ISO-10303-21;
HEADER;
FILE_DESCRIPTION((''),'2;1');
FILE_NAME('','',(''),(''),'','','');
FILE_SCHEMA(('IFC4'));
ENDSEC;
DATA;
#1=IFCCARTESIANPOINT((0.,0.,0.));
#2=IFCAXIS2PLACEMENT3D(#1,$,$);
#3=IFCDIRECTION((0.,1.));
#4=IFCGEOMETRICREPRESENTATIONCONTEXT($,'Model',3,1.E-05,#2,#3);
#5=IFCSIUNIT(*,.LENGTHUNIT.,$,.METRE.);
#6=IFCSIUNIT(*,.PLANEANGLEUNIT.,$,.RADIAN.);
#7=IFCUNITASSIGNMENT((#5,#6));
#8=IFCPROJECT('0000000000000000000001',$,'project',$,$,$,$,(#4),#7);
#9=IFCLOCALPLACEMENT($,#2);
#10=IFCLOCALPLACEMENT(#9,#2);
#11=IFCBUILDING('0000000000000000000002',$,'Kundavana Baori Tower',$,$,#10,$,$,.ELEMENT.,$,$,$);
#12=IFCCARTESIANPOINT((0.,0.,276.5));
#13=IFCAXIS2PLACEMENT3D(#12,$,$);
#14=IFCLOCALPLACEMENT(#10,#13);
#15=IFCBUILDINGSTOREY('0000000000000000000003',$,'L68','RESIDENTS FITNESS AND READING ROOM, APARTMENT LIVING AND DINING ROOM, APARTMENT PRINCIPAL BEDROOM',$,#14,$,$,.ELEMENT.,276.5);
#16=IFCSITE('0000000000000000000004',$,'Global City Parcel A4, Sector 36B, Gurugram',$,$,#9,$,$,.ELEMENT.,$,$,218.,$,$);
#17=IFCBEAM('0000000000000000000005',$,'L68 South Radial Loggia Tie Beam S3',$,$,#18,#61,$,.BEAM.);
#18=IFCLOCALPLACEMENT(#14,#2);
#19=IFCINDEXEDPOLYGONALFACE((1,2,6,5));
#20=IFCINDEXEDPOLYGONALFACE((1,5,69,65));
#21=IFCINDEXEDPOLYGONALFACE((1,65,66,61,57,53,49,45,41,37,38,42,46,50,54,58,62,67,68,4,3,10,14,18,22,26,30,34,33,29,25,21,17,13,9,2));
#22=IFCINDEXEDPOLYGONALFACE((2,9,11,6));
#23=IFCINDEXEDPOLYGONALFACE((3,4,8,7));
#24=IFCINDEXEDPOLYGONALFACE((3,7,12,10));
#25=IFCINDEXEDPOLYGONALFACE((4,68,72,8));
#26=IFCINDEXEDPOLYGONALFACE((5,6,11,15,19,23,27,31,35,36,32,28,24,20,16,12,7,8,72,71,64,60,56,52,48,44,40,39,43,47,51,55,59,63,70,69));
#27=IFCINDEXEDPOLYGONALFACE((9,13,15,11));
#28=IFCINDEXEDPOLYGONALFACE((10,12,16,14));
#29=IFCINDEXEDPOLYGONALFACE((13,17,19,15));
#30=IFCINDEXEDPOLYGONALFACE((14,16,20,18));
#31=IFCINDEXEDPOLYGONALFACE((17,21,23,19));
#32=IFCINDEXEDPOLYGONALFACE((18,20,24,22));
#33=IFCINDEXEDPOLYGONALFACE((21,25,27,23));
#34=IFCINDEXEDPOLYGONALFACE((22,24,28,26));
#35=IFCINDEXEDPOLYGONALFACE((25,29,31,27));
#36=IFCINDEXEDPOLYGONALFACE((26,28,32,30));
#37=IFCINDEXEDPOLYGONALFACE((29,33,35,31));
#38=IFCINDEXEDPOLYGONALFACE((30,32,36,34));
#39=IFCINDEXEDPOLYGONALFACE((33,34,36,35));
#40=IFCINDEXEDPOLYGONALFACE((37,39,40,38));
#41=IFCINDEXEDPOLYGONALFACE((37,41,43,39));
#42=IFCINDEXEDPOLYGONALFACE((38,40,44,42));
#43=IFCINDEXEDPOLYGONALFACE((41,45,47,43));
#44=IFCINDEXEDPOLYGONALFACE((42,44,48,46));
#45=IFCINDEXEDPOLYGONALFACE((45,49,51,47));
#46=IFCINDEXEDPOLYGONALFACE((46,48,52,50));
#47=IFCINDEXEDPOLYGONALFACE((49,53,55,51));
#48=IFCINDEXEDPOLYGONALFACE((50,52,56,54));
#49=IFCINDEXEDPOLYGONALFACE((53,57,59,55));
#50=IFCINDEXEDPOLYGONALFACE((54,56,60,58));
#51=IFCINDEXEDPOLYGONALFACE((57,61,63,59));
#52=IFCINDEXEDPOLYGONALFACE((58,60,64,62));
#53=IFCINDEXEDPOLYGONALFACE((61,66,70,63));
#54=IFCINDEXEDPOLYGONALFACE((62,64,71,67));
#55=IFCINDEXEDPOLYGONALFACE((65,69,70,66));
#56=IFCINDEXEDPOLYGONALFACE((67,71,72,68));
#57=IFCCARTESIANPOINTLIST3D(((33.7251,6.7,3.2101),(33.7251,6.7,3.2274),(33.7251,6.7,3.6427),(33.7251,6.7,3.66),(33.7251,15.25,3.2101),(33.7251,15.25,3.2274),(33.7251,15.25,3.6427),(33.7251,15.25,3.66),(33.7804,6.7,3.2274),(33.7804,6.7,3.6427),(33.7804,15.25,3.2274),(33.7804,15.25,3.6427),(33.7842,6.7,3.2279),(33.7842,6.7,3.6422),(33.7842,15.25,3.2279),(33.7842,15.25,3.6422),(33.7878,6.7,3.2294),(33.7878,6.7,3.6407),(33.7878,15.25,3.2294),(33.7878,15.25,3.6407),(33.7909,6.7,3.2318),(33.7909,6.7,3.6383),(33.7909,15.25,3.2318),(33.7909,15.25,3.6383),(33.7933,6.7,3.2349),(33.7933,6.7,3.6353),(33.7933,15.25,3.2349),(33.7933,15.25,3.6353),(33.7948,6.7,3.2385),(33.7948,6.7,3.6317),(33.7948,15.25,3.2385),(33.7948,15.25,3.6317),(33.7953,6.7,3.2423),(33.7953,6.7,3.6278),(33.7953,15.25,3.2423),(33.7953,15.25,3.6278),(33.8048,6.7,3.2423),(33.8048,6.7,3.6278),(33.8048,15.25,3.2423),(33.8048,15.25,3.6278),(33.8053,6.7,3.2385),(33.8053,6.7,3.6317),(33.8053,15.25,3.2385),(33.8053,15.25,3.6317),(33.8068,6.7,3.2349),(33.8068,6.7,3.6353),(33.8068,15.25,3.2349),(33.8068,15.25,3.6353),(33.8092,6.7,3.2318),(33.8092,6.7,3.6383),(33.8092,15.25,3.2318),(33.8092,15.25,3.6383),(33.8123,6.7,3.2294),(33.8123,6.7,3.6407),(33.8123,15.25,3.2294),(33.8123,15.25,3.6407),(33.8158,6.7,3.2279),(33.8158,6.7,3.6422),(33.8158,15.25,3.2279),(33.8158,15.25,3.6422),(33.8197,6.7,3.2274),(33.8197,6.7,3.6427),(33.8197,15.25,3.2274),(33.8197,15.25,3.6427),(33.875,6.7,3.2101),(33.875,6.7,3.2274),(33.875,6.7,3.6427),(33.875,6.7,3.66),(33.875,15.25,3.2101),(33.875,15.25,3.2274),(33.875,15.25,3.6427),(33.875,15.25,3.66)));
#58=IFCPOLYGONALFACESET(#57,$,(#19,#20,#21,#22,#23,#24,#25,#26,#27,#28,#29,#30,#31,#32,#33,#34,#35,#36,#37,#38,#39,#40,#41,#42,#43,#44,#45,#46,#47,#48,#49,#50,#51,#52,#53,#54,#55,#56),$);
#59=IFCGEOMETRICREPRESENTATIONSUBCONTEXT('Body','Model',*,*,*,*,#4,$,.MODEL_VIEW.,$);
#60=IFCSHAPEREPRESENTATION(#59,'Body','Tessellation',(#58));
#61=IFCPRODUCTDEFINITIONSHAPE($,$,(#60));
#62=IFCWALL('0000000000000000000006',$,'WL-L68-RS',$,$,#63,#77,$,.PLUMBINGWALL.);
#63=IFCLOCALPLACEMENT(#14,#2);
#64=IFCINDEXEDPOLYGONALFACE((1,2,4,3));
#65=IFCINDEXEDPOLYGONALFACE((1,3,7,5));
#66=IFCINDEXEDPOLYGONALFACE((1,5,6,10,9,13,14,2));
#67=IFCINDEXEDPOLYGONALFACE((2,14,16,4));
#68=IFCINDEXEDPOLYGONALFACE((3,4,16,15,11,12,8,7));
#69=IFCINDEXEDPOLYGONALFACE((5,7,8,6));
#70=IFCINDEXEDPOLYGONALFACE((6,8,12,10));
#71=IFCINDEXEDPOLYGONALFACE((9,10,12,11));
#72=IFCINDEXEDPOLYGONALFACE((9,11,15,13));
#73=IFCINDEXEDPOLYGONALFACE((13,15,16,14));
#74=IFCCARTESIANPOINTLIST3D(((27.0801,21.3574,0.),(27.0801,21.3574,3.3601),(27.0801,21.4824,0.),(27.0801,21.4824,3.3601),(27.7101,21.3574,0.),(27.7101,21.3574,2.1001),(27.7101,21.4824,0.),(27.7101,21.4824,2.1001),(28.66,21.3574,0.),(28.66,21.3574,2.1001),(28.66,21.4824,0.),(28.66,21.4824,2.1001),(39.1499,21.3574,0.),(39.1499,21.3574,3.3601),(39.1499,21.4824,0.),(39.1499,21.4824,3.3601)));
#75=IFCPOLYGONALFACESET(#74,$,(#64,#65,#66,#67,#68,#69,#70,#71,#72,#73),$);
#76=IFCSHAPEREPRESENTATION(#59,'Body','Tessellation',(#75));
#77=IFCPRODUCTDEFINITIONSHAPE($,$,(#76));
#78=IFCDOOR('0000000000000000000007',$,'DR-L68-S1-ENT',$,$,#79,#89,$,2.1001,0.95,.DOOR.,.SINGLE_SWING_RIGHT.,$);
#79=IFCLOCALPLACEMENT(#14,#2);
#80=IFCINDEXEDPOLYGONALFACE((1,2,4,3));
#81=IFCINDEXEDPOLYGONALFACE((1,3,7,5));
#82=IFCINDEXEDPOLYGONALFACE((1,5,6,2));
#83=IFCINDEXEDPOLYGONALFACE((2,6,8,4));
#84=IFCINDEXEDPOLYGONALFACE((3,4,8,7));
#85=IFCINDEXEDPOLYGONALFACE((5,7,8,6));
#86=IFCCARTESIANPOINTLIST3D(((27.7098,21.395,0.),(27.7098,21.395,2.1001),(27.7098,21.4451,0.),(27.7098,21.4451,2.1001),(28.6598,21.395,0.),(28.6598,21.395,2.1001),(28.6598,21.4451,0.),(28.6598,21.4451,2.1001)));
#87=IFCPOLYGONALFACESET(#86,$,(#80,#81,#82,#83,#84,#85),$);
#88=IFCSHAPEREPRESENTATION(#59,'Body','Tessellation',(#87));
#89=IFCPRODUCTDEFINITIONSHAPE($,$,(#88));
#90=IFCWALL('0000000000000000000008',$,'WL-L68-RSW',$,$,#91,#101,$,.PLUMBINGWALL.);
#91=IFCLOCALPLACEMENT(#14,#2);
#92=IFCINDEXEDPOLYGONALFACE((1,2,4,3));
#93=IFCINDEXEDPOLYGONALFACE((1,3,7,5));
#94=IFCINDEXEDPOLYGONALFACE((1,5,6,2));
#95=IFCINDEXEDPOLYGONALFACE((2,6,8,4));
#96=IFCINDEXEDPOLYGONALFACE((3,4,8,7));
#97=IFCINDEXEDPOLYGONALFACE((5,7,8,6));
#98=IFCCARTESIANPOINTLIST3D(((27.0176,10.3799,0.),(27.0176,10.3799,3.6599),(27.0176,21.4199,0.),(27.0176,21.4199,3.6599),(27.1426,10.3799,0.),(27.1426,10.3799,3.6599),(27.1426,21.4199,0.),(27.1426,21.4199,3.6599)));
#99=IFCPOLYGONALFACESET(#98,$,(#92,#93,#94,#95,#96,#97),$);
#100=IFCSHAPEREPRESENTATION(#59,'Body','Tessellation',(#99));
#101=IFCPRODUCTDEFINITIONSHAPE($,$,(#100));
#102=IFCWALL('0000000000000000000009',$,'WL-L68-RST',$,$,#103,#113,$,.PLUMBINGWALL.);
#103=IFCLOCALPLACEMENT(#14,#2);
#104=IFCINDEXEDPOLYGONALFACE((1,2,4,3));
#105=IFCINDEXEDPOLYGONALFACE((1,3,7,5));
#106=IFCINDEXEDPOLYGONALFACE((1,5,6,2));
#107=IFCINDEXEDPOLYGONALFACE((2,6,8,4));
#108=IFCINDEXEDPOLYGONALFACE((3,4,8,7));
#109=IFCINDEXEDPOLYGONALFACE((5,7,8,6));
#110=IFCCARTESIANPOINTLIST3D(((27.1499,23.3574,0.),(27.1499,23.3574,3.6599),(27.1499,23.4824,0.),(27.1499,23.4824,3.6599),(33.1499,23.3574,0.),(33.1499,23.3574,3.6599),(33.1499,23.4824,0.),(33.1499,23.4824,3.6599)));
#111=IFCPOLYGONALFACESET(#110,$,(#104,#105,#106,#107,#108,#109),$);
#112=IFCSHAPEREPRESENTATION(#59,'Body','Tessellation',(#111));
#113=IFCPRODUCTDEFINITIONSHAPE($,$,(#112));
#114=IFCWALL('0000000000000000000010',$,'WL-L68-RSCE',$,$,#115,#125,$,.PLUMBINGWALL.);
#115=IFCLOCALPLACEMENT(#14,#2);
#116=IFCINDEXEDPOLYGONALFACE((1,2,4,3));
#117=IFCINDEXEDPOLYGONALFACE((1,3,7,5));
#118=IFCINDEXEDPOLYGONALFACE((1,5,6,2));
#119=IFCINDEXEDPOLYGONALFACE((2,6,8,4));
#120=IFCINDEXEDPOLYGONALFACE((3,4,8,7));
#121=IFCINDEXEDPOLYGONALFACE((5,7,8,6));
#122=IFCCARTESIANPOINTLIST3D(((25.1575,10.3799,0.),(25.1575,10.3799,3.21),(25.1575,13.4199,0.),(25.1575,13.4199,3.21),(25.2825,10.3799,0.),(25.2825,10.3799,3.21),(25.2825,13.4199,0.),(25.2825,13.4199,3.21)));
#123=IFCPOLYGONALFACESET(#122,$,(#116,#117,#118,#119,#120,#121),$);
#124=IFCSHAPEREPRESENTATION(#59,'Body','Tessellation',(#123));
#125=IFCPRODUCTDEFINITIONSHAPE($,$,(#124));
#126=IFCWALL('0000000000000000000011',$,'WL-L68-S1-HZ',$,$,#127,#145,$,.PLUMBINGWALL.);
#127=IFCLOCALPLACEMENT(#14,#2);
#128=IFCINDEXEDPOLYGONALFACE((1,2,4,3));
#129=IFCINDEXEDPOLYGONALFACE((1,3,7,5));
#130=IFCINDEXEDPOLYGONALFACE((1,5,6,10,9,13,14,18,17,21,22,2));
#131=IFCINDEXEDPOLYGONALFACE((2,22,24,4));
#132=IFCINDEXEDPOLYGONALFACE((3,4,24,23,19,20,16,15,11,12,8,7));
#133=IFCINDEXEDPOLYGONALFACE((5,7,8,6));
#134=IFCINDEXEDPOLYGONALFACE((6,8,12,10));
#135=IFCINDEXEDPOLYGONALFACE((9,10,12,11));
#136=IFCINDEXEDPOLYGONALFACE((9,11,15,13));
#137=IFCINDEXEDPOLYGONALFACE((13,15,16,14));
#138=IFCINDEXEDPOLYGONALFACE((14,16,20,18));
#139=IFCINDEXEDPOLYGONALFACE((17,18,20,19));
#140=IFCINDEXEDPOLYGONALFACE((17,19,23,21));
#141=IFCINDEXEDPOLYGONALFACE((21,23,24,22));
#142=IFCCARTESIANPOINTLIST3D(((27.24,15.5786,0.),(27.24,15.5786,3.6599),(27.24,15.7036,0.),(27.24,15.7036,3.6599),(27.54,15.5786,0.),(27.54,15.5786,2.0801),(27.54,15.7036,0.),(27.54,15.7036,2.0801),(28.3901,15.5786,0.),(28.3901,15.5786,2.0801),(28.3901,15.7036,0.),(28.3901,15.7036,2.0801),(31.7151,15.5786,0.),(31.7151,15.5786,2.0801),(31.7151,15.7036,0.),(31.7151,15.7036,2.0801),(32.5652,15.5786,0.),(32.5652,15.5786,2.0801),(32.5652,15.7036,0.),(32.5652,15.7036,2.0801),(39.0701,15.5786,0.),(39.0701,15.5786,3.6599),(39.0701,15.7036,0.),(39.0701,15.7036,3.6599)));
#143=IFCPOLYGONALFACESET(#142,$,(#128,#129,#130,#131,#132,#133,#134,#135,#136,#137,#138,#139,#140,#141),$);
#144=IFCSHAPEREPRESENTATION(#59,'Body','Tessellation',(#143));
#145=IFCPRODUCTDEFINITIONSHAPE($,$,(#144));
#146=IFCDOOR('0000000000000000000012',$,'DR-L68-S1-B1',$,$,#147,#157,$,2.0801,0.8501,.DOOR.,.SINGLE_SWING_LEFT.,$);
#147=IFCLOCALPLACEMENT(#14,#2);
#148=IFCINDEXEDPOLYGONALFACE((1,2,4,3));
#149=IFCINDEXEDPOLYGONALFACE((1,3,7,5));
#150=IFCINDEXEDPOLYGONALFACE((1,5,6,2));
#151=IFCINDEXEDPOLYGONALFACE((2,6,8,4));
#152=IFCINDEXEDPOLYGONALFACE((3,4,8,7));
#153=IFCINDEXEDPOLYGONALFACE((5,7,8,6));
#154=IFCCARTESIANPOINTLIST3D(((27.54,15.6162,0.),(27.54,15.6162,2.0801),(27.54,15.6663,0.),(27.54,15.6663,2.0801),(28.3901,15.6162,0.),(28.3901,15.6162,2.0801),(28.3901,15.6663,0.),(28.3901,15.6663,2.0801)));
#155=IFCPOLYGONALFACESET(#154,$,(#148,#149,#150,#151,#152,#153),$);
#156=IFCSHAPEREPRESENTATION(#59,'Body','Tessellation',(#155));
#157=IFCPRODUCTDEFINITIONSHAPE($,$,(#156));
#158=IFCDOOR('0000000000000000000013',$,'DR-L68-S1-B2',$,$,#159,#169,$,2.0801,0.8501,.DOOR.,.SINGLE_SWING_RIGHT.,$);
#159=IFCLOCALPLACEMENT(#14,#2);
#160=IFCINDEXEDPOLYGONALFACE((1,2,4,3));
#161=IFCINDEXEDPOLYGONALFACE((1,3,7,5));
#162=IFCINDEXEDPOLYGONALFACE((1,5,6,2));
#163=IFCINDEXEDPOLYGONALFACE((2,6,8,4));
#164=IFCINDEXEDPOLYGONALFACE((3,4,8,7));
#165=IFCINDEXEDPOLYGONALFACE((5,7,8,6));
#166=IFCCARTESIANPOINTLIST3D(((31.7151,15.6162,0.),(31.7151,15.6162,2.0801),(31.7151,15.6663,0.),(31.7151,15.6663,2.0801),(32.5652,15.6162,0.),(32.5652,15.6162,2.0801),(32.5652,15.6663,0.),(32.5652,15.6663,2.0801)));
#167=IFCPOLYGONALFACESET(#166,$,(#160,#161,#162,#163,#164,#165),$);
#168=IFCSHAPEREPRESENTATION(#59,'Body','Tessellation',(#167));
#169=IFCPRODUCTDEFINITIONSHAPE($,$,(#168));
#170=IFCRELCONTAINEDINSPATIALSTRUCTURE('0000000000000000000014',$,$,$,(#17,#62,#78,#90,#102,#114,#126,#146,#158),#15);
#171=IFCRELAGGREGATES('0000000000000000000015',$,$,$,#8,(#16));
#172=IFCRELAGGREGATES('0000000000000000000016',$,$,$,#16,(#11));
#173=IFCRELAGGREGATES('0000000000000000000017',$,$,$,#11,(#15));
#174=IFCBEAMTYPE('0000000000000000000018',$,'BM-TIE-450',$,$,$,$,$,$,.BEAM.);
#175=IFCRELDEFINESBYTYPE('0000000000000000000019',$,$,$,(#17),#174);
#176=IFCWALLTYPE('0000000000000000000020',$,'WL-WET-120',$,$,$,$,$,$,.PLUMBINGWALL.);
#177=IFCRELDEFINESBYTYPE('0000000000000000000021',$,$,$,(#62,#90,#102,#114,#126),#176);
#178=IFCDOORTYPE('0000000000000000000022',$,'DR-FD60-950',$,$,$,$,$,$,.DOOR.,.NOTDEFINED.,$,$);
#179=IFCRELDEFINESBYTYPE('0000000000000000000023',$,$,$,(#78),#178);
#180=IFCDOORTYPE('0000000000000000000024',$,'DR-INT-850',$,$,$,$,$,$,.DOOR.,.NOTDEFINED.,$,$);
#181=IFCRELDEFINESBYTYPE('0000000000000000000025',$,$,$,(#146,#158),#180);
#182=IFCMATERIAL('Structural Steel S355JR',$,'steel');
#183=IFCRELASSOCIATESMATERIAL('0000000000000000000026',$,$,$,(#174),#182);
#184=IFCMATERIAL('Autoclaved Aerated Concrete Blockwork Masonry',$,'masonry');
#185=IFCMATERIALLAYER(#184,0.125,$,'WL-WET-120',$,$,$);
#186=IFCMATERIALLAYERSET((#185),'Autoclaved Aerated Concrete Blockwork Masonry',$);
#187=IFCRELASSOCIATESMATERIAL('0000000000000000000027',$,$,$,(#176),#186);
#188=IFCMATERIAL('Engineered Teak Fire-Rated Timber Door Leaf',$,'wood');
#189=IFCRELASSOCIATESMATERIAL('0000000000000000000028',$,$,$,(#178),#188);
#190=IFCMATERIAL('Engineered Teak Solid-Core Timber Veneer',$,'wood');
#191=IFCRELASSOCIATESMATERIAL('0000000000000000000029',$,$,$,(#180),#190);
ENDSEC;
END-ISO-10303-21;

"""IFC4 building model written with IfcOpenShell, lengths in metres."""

from ifc_helpers import new_model, si_unit, direction, frame, frame_2d, origin, origin_2d, place, context, subcontext, project, spatial, rectangle, i_section, extrude, material, layer, layer_set, material_profile, profile_set, type_object, element, fill, save


model = new_model("IFC4")

# Units and contexts
model_context = context("Model", 3, precision=1e-05, world=origin(), true_north=direction((0.0, 1.0)))
body_context = subcontext(model_context, "Body", "Model", "MODEL_VIEW")
ifc_project = project(units=[si_unit("LENGTHUNIT", "METRE"), si_unit("PLANEANGLEUNIT", "RADIAN")], contexts=[model_context])

# Site, building, storey
site_placement = place(None, origin())
site = spatial("IfcSite", under=ifc_project, at=site_placement, Name="Global City Parcel A4, Sector 36B, Gurugram", CompositionType="ELEMENT", RefElevation=218.0)
building_placement = place(site_placement, origin())
building = spatial("IfcBuilding", under=site, at=building_placement, Name="Kundavana Baori Tower", CompositionType="ELEMENT")
storey_placement = place(building_placement, frame((0.0, 0.0, 276.5)))
storey = spatial("IfcBuildingStorey", under=building, at=storey_placement, Name="L68", Description="RESIDENTS FITNESS AND READING ROOM, APARTMENT LIVING AND DINING ROOM, APARTMENT PRINCIPAL BEDROOM", CompositionType="ELEMENT", Elevation=276.5)

# Beam
ifc_material_1 = material(Name="Structural Steel S355JR", Category="steel")
ifc_material_profile_1 = material_profile(ifc_material_1, i_section(OverallWidth=0.1499, OverallDepth=0.45, WebThickness=0.0095, FlangeThickness=0.0173, FilletRadius=0.0149, at=origin_2d()), Name="ISMB 450")
ifc_profile_set_1 = profile_set([ifc_material_profile_1], Name="Structural Steel S355JR")
beam_type_1 = type_object("IfcBeamType", Name="BM-TIE-450", PredefinedType="BEAM", material=ifc_profile_set_1)
for number, where, z_axis, x_axis, name in (
    (1, (33.8, 15.25, 3.4351), (0.0, -1.0, 0.0), (1.0, 0.0, 0.0), "L68 South Radial Loggia Tie Beam S3"),
):
    element("IfcBeam", number, at=place(storey_placement, frame(where, z_axis=z_axis, x_axis=x_axis)), inside=storey, type_object=beam_type_1, Name=name, PredefinedType="BEAM", context=body_context, shape_type="SweptSolid", body=[
        extrude(i_section(OverallWidth=0.1499, OverallDepth=0.45, WebThickness=0.0095, FlangeThickness=0.0173, FilletRadius=0.0149, at=origin_2d()), origin(), (0.0, 0.0, 1.0), 8.55),
    ])

# Wall, opening, door
ifc_material_2 = material(Name="Autoclaved Aerated Concrete Blockwork Masonry", Category="masonry")
ifc_layer = layer(ifc_material_2, 0.125, Name="WL-WET-120")
ifc_layer_set = layer_set([ifc_layer], Name="Autoclaved Aerated Concrete Blockwork Masonry")
wall_type = type_object("IfcWallType", Name="WL-WET-120", PredefinedType="PLUMBINGWALL", material=ifc_layer_set)
wall_1_placement = place(storey_placement, frame((27.0801, 21.4199, 0.0), z_axis=(0.0, 0.0, 1.0), x_axis=(1.0, 0.0, 0.0)))
wall_1 = element("IfcWall", 2, at=wall_1_placement, inside=storey, type_object=wall_type, Name="WL-L68-RS", PredefinedType="PLUMBINGWALL", context=body_context, shape_type="SweptSolid", body=[
    extrude(rectangle(XDim=12.0698, YDim=0.125, at=frame_2d((6.0349, 0.0))), origin(), (0.0, 0.0, 1.0), 3.3601),
])
opening_1_placement = place(wall_1_placement, frame((0.6299, 0.0, 0.0)))
opening_1 = element("IfcOpeningElement", 3, at=opening_1_placement, cuts=wall_1, PredefinedType="OPENING", context=body_context, shape_type="SweptSolid", body=[
    extrude(rectangle(XDim=0.95, YDim=2.1001, at=frame_2d((0.4751, 1.05))), frame((0.0, 0.0725, 0.0), z_axis=(0.0, -1.0, 0.0), x_axis=(1.0, 0.0, 0.0)), (0.0, 0.0, 1.0), 0.145),
])
ifc_material_3 = material(Name="Engineered Teak Fire-Rated Timber Door Leaf", Category="wood")
door_type_1 = type_object("IfcDoorType", Name="DR-FD60-950", OperationType="NOTDEFINED", PredefinedType="DOOR", material=ifc_material_3)
door_1_placement = place(opening_1_placement, frame((0.95, 0.0, 0.0), z_axis=(0.0, 0.0, 1.0), x_axis=(-1.0, 0.0, 0.0)))
door_1 = element("IfcDoor", 4, at=door_1_placement, inside=storey, type_object=door_type_1, Name="DR-L68-S1-ENT", OperationType="SINGLE_SWING_RIGHT", OverallHeight=2.1001, OverallWidth=0.95, PredefinedType="DOOR", context=body_context, shape_type="SweptSolid", body=[
    extrude(rectangle(XDim=0.95, YDim=2.1001, at=frame_2d((0.4751, 1.05))), frame((0.0, 0.0249, 0.0), z_axis=(0.0, -1.0, 0.0), x_axis=(1.0, 0.0, 0.0)), (0.0, 0.0, 1.0), 0.05),
])
fill(opening_1, door_1)

# Walls
wall_2_placement = place(storey_placement, frame((27.0801, 10.3799, 0.0), z_axis=(0.0, 0.0, 1.0), x_axis=(0.0, 1.0, 0.0)))
element("IfcWall", 5, at=wall_2_placement, inside=storey, type_object=wall_type, Name="WL-L68-RSW", PredefinedType="PLUMBINGWALL", context=body_context, shape_type="SweptSolid", body=[
    extrude(rectangle(XDim=11.04, YDim=0.125, at=frame_2d((5.52, 0.0))), origin(), (0.0, 0.0, 1.0), 3.6599),
])
wall_3_placement = place(storey_placement, frame((27.1499, 23.4199, 0.0), z_axis=(0.0, 0.0, 1.0), x_axis=(1.0, 0.0, 0.0)))
element("IfcWall", 6, at=wall_3_placement, inside=storey, type_object=wall_type, Name="WL-L68-RST", PredefinedType="PLUMBINGWALL", context=body_context, shape_type="SweptSolid", body=[
    extrude(rectangle(XDim=6.0, YDim=0.125, at=frame_2d((3.0, 0.0))), origin(), (0.0, 0.0, 1.0), 3.6599),
])
wall_4_placement = place(storey_placement, frame((25.22, 10.3799, 0.0), z_axis=(0.0, 0.0, 1.0), x_axis=(0.0, 1.0, 0.0)))
element("IfcWall", 7, at=wall_4_placement, inside=storey, type_object=wall_type, Name="WL-L68-RSCE", PredefinedType="PLUMBINGWALL", context=body_context, shape_type="SweptSolid", body=[
    extrude(rectangle(XDim=3.04, YDim=0.125, at=frame_2d((1.52, 0.0))), origin(), (0.0, 0.0, 1.0), 3.21),
])

# Wall, openings, doors
wall_5_placement = place(storey_placement, frame((27.24, 15.6411, 0.0), z_axis=(0.0, 0.0, 1.0), x_axis=(1.0, 0.0, 0.0)))
wall_5 = element("IfcWall", 8, at=wall_5_placement, inside=storey, type_object=wall_type, Name="WL-L68-S1-HZ", PredefinedType="PLUMBINGWALL", context=body_context, shape_type="SweptSolid", body=[
    extrude(rectangle(XDim=11.8301, YDim=0.125, at=frame_2d((5.915, 0.0))), origin(), (0.0, 0.0, 1.0), 3.6599),
])
opening_2_placement = place(wall_5_placement, frame((0.3, 0.0, 0.0)))
opening_2 = element("IfcOpeningElement", 9, at=opening_2_placement, cuts=wall_5, PredefinedType="OPENING", context=body_context, shape_type="SweptSolid", body=[
    extrude(rectangle(XDim=0.8501, YDim=2.0801, at=frame_2d((0.425, 1.04))), frame((0.0, 0.0725, 0.0), z_axis=(0.0, -1.0, 0.0), x_axis=(1.0, 0.0, 0.0)), (0.0, 0.0, 1.0), 0.145),
])
opening_3_placement = place(wall_5_placement, frame((4.4751, 0.0, 0.0)))
opening_3 = element("IfcOpeningElement", 10, at=opening_3_placement, cuts=wall_5, PredefinedType="OPENING", context=body_context, shape_type="SweptSolid", body=[
    extrude(rectangle(XDim=0.8501, YDim=2.0801, at=frame_2d((0.425, 1.04))), frame((0.0, 0.0725, 0.0), z_axis=(0.0, -1.0, 0.0), x_axis=(1.0, 0.0, 0.0)), (0.0, 0.0, 1.0), 0.145),
])
ifc_material_4 = material(Name="Engineered Teak Solid-Core Timber Veneer", Category="wood")
door_type_2 = type_object("IfcDoorType", Name="DR-INT-850", OperationType="NOTDEFINED", PredefinedType="DOOR", material=ifc_material_4)
door_2_placement = place(opening_2_placement, frame((0.8501, 0.0, 0.0), z_axis=(0.0, 0.0, 1.0), x_axis=(-1.0, 0.0, 0.0)))
door_2 = element("IfcDoor", 11, at=door_2_placement, inside=storey, type_object=door_type_2, Name="DR-L68-S1-B1", OperationType="SINGLE_SWING_LEFT", OverallHeight=2.0801, OverallWidth=0.8501, PredefinedType="DOOR", context=body_context, shape_type="SweptSolid", body=[
    extrude(rectangle(XDim=0.8501, YDim=2.0801, at=frame_2d((0.425, 1.04))), frame((0.0, 0.0249, 0.0), z_axis=(0.0, -1.0, 0.0), x_axis=(1.0, 0.0, 0.0)), (0.0, 0.0, 1.0), 0.05),
])
fill(opening_2, door_2)
door_3_placement = place(opening_3_placement, frame((0.8501, 0.0, 0.0), z_axis=(0.0, 0.0, 1.0), x_axis=(-1.0, 0.0, 0.0)))
door_3 = element("IfcDoor", 12, at=door_3_placement, inside=storey, type_object=door_type_2, Name="DR-L68-S1-B2", OperationType="SINGLE_SWING_RIGHT", OverallHeight=2.0801, OverallWidth=0.8501, PredefinedType="DOOR", context=body_context, shape_type="SweptSolid", body=[
    extrude(rectangle(XDim=0.8501, YDim=2.0801, at=frame_2d((0.425, 1.04))), frame((0.0, 0.0249, 0.0), z_axis=(0.0, -1.0, 0.0), x_axis=(1.0, 0.0, 0.0)), (0.0, 0.0, 1.0), 0.05),
])
fill(opening_3, door_3)

save(model, "model.ifc")
